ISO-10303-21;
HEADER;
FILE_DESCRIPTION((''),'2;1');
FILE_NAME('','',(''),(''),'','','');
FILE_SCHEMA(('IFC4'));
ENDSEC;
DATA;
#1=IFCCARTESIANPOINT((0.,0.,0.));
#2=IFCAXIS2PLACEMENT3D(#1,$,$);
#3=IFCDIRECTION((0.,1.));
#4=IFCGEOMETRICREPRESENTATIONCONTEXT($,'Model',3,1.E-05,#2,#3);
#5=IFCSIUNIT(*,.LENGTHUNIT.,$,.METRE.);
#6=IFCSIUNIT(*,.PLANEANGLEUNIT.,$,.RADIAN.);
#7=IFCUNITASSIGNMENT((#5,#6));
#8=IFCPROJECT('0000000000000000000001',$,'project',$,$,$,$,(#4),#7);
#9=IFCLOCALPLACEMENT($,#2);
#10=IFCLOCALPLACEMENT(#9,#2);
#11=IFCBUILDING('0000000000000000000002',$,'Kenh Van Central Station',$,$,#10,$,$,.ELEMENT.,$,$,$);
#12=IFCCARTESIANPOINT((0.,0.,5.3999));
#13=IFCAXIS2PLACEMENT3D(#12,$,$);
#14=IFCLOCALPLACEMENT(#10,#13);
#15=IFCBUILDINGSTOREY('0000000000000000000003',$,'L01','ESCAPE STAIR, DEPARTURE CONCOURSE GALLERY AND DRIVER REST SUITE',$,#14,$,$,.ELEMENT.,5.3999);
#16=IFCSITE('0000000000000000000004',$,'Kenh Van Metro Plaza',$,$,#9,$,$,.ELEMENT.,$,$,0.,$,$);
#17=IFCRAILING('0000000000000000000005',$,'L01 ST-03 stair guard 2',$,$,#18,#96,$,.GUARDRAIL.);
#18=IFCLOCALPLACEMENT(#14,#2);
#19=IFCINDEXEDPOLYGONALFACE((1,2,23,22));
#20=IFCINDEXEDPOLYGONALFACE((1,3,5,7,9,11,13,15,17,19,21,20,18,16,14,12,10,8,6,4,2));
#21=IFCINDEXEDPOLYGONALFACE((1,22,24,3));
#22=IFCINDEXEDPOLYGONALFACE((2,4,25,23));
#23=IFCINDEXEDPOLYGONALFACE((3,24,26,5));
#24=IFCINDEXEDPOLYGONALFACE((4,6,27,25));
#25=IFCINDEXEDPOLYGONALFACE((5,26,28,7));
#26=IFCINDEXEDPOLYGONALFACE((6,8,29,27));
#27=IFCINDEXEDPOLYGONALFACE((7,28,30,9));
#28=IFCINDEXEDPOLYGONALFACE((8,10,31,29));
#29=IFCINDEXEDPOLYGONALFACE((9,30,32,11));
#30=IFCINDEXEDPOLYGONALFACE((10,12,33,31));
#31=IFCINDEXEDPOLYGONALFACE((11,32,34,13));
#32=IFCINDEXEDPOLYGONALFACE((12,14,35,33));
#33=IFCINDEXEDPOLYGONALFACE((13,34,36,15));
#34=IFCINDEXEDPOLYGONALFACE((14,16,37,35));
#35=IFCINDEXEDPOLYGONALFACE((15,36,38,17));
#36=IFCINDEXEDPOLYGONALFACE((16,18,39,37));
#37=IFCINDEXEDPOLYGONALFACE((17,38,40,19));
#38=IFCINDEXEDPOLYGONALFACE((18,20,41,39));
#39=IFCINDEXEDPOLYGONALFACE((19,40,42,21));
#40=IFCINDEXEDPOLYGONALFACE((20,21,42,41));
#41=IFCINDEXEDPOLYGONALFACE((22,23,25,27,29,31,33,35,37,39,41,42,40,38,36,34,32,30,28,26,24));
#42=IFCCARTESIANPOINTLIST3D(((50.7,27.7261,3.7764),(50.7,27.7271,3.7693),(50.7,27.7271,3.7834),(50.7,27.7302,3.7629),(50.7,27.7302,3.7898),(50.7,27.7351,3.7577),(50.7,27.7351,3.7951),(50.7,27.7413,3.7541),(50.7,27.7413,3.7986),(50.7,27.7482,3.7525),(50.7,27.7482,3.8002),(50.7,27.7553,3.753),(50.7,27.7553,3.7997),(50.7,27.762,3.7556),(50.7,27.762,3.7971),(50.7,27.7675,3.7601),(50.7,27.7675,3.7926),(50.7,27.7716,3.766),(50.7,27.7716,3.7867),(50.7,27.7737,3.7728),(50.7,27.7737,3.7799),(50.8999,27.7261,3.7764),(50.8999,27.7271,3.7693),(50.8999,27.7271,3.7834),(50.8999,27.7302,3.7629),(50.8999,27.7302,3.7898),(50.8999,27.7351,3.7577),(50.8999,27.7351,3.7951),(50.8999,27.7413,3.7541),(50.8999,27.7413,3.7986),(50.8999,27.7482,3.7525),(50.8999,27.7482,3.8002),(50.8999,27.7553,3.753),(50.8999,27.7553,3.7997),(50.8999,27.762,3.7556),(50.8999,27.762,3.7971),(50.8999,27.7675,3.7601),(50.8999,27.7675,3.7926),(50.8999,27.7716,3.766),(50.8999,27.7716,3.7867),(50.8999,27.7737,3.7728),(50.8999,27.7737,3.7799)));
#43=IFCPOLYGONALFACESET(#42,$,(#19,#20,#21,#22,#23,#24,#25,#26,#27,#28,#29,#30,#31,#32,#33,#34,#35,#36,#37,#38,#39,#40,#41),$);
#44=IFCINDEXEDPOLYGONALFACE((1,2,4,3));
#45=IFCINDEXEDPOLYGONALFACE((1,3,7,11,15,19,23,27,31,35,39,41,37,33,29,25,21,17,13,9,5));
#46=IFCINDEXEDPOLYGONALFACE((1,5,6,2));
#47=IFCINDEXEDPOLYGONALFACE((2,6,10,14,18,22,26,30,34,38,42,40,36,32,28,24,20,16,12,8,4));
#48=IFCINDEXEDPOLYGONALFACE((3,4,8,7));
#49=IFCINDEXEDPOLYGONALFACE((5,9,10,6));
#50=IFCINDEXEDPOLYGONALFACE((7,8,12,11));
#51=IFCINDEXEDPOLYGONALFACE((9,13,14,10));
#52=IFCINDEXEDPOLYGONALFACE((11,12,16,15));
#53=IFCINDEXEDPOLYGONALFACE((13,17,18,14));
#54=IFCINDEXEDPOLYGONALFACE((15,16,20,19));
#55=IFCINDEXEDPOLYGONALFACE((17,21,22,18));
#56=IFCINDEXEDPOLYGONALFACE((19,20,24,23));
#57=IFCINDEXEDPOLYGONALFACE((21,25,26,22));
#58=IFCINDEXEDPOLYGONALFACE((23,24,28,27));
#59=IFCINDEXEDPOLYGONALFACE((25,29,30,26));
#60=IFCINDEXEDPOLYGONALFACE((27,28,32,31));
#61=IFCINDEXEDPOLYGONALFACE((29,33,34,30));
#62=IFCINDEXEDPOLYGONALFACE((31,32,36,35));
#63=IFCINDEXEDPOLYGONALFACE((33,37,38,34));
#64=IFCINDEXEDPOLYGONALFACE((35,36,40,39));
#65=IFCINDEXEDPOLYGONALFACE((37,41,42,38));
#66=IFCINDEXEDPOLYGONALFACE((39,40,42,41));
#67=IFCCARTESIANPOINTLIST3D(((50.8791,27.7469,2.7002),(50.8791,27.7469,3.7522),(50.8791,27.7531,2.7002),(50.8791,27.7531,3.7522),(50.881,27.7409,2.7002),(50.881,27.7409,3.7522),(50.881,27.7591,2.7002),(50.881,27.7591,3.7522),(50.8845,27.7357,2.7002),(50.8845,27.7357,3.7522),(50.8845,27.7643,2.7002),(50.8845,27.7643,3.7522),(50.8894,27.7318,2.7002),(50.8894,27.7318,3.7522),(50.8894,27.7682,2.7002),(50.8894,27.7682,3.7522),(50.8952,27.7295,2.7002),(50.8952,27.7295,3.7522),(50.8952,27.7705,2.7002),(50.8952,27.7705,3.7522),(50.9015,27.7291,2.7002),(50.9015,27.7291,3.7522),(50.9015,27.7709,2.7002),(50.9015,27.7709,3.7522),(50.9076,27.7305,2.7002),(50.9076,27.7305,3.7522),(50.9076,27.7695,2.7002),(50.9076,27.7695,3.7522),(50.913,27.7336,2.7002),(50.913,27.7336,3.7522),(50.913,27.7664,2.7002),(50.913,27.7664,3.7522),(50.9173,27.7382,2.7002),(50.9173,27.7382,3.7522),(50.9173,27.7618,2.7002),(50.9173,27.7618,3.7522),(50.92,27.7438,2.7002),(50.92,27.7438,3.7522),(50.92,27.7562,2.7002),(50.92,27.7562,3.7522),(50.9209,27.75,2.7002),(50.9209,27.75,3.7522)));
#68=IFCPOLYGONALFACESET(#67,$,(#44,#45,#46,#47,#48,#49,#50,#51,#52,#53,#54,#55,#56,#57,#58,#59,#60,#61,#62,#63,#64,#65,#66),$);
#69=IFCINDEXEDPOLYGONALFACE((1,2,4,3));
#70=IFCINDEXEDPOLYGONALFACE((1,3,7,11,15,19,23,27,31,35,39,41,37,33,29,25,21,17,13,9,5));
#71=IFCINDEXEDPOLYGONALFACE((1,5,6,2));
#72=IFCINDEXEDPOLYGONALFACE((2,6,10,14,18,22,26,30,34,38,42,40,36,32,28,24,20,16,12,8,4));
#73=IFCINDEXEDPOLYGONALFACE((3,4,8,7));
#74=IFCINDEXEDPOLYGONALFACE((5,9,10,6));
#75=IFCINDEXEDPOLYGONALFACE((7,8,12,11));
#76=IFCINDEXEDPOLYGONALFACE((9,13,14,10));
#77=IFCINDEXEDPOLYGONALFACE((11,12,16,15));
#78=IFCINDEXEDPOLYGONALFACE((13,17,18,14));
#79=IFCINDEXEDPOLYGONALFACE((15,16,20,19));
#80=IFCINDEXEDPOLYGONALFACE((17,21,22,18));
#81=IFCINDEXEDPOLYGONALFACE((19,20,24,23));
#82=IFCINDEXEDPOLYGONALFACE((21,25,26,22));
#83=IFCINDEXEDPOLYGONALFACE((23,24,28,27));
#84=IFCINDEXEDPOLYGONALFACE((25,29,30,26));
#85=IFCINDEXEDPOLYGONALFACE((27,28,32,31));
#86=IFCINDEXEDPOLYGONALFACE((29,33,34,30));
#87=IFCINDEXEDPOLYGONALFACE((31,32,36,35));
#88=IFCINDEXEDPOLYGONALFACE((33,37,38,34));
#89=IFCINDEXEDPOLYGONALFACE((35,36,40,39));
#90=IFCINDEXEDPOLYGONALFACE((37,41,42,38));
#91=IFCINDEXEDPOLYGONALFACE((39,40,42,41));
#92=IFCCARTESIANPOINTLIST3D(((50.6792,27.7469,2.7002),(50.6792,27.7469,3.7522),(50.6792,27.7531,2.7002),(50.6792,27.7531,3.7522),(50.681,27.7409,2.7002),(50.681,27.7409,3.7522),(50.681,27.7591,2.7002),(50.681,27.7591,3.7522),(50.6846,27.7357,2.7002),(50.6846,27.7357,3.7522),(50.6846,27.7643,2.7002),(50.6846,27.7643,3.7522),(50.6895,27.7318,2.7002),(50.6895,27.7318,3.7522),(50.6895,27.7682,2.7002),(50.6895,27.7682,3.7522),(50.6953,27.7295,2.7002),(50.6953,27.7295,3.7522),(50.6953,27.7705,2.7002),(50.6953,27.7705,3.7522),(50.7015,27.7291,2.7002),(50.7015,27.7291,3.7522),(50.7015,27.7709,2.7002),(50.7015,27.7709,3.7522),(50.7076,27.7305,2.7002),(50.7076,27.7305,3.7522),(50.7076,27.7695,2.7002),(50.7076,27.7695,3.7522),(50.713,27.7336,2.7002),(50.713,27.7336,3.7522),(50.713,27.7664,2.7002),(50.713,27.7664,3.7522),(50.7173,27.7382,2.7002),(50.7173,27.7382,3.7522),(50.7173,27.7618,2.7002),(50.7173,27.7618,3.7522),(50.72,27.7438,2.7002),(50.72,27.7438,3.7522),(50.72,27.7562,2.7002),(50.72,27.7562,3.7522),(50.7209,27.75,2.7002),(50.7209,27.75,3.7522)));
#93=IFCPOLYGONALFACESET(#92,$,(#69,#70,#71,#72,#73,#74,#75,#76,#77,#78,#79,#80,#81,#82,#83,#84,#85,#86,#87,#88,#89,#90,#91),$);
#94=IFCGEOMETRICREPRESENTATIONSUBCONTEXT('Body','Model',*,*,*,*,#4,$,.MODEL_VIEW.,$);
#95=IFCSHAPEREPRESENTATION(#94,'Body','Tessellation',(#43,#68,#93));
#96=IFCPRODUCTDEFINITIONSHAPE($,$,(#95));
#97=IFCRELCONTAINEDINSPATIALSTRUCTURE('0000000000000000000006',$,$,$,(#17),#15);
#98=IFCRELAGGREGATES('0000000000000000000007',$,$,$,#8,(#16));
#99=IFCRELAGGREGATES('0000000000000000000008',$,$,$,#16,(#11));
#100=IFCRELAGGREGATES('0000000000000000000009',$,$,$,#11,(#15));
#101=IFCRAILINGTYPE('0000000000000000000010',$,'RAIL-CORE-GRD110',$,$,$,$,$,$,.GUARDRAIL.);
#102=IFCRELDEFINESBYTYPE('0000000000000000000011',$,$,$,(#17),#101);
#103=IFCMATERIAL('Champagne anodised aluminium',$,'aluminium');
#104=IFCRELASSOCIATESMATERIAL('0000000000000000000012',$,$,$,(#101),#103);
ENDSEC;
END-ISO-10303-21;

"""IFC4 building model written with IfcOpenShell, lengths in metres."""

from ifc_helpers import new_model, si_unit, direction, frame, origin, origin_2d, place, context, subcontext, project, spatial, circle, extrude, material, type_object, element, save


model = new_model("IFC4")

# Units and contexts
model_context = context("Model", 3, precision=1e-05, world=origin(), true_north=direction((0.0, 1.0)))
body_context = subcontext(model_context, "Body", "Model", "MODEL_VIEW")
ifc_project = project(units=[si_unit("LENGTHUNIT", "METRE"), si_unit("PLANEANGLEUNIT", "RADIAN")], contexts=[model_context])

# Site, building, storey
site_placement = place(None, origin())
site = spatial("IfcSite", under=ifc_project, at=site_placement, Name="Kenh Van Metro Plaza", CompositionType="ELEMENT", RefElevation=0.0)
building_placement = place(site_placement, origin())
building = spatial("IfcBuilding", under=site, at=building_placement, Name="Kenh Van Central Station", CompositionType="ELEMENT")
storey_placement = place(building_placement, frame((0.0, 0.0, 5.3999)))
storey = spatial("IfcBuildingStorey", under=building, at=storey_placement, Name="L01", Description="ESCAPE STAIR, DEPARTURE CONCOURSE GALLERY AND DRIVER REST SUITE", CompositionType="ELEMENT", Elevation=5.3999)

# Shared definitions
ifc_material_1 = material(Name="Champagne anodised aluminium", Category="aluminium")

# Railing
railing_type_1 = type_object("IfcRailingType", Name="RAIL-CORE-GRD110", PredefinedType="GUARDRAIL", material=ifc_material_1)
railing_1_placement = place(storey_placement, frame((50.8999, 27.75, 2.7002)))
element("IfcRailing", 1, at=railing_1_placement, inside=storey, type_object=railing_type_1, Name="L01 ST-03 stair guard 2", PredefinedType="GUARDRAIL", context=body_context, shape_type="SweptSolid", body=[
    extrude(circle(Radius=0.0239, at=origin_2d()), frame((0.0, 0.0, 1.0762), z_axis=(-1.0, 0.0, 0.0), x_axis=(0.0, -1.0, 0.0)), (0.0, 0.0, 1.0), 0.2),
    extrude(circle(Radius=0.021, at=origin_2d()), origin(), (0.0, 0.0, 1.0), 1.052),
    extrude(circle(Radius=0.021, at=origin_2d()), frame((-0.2, 0.0, 0.0)), (0.0, 0.0, 1.0), 1.052),
])

save(model, "model.ifc")
